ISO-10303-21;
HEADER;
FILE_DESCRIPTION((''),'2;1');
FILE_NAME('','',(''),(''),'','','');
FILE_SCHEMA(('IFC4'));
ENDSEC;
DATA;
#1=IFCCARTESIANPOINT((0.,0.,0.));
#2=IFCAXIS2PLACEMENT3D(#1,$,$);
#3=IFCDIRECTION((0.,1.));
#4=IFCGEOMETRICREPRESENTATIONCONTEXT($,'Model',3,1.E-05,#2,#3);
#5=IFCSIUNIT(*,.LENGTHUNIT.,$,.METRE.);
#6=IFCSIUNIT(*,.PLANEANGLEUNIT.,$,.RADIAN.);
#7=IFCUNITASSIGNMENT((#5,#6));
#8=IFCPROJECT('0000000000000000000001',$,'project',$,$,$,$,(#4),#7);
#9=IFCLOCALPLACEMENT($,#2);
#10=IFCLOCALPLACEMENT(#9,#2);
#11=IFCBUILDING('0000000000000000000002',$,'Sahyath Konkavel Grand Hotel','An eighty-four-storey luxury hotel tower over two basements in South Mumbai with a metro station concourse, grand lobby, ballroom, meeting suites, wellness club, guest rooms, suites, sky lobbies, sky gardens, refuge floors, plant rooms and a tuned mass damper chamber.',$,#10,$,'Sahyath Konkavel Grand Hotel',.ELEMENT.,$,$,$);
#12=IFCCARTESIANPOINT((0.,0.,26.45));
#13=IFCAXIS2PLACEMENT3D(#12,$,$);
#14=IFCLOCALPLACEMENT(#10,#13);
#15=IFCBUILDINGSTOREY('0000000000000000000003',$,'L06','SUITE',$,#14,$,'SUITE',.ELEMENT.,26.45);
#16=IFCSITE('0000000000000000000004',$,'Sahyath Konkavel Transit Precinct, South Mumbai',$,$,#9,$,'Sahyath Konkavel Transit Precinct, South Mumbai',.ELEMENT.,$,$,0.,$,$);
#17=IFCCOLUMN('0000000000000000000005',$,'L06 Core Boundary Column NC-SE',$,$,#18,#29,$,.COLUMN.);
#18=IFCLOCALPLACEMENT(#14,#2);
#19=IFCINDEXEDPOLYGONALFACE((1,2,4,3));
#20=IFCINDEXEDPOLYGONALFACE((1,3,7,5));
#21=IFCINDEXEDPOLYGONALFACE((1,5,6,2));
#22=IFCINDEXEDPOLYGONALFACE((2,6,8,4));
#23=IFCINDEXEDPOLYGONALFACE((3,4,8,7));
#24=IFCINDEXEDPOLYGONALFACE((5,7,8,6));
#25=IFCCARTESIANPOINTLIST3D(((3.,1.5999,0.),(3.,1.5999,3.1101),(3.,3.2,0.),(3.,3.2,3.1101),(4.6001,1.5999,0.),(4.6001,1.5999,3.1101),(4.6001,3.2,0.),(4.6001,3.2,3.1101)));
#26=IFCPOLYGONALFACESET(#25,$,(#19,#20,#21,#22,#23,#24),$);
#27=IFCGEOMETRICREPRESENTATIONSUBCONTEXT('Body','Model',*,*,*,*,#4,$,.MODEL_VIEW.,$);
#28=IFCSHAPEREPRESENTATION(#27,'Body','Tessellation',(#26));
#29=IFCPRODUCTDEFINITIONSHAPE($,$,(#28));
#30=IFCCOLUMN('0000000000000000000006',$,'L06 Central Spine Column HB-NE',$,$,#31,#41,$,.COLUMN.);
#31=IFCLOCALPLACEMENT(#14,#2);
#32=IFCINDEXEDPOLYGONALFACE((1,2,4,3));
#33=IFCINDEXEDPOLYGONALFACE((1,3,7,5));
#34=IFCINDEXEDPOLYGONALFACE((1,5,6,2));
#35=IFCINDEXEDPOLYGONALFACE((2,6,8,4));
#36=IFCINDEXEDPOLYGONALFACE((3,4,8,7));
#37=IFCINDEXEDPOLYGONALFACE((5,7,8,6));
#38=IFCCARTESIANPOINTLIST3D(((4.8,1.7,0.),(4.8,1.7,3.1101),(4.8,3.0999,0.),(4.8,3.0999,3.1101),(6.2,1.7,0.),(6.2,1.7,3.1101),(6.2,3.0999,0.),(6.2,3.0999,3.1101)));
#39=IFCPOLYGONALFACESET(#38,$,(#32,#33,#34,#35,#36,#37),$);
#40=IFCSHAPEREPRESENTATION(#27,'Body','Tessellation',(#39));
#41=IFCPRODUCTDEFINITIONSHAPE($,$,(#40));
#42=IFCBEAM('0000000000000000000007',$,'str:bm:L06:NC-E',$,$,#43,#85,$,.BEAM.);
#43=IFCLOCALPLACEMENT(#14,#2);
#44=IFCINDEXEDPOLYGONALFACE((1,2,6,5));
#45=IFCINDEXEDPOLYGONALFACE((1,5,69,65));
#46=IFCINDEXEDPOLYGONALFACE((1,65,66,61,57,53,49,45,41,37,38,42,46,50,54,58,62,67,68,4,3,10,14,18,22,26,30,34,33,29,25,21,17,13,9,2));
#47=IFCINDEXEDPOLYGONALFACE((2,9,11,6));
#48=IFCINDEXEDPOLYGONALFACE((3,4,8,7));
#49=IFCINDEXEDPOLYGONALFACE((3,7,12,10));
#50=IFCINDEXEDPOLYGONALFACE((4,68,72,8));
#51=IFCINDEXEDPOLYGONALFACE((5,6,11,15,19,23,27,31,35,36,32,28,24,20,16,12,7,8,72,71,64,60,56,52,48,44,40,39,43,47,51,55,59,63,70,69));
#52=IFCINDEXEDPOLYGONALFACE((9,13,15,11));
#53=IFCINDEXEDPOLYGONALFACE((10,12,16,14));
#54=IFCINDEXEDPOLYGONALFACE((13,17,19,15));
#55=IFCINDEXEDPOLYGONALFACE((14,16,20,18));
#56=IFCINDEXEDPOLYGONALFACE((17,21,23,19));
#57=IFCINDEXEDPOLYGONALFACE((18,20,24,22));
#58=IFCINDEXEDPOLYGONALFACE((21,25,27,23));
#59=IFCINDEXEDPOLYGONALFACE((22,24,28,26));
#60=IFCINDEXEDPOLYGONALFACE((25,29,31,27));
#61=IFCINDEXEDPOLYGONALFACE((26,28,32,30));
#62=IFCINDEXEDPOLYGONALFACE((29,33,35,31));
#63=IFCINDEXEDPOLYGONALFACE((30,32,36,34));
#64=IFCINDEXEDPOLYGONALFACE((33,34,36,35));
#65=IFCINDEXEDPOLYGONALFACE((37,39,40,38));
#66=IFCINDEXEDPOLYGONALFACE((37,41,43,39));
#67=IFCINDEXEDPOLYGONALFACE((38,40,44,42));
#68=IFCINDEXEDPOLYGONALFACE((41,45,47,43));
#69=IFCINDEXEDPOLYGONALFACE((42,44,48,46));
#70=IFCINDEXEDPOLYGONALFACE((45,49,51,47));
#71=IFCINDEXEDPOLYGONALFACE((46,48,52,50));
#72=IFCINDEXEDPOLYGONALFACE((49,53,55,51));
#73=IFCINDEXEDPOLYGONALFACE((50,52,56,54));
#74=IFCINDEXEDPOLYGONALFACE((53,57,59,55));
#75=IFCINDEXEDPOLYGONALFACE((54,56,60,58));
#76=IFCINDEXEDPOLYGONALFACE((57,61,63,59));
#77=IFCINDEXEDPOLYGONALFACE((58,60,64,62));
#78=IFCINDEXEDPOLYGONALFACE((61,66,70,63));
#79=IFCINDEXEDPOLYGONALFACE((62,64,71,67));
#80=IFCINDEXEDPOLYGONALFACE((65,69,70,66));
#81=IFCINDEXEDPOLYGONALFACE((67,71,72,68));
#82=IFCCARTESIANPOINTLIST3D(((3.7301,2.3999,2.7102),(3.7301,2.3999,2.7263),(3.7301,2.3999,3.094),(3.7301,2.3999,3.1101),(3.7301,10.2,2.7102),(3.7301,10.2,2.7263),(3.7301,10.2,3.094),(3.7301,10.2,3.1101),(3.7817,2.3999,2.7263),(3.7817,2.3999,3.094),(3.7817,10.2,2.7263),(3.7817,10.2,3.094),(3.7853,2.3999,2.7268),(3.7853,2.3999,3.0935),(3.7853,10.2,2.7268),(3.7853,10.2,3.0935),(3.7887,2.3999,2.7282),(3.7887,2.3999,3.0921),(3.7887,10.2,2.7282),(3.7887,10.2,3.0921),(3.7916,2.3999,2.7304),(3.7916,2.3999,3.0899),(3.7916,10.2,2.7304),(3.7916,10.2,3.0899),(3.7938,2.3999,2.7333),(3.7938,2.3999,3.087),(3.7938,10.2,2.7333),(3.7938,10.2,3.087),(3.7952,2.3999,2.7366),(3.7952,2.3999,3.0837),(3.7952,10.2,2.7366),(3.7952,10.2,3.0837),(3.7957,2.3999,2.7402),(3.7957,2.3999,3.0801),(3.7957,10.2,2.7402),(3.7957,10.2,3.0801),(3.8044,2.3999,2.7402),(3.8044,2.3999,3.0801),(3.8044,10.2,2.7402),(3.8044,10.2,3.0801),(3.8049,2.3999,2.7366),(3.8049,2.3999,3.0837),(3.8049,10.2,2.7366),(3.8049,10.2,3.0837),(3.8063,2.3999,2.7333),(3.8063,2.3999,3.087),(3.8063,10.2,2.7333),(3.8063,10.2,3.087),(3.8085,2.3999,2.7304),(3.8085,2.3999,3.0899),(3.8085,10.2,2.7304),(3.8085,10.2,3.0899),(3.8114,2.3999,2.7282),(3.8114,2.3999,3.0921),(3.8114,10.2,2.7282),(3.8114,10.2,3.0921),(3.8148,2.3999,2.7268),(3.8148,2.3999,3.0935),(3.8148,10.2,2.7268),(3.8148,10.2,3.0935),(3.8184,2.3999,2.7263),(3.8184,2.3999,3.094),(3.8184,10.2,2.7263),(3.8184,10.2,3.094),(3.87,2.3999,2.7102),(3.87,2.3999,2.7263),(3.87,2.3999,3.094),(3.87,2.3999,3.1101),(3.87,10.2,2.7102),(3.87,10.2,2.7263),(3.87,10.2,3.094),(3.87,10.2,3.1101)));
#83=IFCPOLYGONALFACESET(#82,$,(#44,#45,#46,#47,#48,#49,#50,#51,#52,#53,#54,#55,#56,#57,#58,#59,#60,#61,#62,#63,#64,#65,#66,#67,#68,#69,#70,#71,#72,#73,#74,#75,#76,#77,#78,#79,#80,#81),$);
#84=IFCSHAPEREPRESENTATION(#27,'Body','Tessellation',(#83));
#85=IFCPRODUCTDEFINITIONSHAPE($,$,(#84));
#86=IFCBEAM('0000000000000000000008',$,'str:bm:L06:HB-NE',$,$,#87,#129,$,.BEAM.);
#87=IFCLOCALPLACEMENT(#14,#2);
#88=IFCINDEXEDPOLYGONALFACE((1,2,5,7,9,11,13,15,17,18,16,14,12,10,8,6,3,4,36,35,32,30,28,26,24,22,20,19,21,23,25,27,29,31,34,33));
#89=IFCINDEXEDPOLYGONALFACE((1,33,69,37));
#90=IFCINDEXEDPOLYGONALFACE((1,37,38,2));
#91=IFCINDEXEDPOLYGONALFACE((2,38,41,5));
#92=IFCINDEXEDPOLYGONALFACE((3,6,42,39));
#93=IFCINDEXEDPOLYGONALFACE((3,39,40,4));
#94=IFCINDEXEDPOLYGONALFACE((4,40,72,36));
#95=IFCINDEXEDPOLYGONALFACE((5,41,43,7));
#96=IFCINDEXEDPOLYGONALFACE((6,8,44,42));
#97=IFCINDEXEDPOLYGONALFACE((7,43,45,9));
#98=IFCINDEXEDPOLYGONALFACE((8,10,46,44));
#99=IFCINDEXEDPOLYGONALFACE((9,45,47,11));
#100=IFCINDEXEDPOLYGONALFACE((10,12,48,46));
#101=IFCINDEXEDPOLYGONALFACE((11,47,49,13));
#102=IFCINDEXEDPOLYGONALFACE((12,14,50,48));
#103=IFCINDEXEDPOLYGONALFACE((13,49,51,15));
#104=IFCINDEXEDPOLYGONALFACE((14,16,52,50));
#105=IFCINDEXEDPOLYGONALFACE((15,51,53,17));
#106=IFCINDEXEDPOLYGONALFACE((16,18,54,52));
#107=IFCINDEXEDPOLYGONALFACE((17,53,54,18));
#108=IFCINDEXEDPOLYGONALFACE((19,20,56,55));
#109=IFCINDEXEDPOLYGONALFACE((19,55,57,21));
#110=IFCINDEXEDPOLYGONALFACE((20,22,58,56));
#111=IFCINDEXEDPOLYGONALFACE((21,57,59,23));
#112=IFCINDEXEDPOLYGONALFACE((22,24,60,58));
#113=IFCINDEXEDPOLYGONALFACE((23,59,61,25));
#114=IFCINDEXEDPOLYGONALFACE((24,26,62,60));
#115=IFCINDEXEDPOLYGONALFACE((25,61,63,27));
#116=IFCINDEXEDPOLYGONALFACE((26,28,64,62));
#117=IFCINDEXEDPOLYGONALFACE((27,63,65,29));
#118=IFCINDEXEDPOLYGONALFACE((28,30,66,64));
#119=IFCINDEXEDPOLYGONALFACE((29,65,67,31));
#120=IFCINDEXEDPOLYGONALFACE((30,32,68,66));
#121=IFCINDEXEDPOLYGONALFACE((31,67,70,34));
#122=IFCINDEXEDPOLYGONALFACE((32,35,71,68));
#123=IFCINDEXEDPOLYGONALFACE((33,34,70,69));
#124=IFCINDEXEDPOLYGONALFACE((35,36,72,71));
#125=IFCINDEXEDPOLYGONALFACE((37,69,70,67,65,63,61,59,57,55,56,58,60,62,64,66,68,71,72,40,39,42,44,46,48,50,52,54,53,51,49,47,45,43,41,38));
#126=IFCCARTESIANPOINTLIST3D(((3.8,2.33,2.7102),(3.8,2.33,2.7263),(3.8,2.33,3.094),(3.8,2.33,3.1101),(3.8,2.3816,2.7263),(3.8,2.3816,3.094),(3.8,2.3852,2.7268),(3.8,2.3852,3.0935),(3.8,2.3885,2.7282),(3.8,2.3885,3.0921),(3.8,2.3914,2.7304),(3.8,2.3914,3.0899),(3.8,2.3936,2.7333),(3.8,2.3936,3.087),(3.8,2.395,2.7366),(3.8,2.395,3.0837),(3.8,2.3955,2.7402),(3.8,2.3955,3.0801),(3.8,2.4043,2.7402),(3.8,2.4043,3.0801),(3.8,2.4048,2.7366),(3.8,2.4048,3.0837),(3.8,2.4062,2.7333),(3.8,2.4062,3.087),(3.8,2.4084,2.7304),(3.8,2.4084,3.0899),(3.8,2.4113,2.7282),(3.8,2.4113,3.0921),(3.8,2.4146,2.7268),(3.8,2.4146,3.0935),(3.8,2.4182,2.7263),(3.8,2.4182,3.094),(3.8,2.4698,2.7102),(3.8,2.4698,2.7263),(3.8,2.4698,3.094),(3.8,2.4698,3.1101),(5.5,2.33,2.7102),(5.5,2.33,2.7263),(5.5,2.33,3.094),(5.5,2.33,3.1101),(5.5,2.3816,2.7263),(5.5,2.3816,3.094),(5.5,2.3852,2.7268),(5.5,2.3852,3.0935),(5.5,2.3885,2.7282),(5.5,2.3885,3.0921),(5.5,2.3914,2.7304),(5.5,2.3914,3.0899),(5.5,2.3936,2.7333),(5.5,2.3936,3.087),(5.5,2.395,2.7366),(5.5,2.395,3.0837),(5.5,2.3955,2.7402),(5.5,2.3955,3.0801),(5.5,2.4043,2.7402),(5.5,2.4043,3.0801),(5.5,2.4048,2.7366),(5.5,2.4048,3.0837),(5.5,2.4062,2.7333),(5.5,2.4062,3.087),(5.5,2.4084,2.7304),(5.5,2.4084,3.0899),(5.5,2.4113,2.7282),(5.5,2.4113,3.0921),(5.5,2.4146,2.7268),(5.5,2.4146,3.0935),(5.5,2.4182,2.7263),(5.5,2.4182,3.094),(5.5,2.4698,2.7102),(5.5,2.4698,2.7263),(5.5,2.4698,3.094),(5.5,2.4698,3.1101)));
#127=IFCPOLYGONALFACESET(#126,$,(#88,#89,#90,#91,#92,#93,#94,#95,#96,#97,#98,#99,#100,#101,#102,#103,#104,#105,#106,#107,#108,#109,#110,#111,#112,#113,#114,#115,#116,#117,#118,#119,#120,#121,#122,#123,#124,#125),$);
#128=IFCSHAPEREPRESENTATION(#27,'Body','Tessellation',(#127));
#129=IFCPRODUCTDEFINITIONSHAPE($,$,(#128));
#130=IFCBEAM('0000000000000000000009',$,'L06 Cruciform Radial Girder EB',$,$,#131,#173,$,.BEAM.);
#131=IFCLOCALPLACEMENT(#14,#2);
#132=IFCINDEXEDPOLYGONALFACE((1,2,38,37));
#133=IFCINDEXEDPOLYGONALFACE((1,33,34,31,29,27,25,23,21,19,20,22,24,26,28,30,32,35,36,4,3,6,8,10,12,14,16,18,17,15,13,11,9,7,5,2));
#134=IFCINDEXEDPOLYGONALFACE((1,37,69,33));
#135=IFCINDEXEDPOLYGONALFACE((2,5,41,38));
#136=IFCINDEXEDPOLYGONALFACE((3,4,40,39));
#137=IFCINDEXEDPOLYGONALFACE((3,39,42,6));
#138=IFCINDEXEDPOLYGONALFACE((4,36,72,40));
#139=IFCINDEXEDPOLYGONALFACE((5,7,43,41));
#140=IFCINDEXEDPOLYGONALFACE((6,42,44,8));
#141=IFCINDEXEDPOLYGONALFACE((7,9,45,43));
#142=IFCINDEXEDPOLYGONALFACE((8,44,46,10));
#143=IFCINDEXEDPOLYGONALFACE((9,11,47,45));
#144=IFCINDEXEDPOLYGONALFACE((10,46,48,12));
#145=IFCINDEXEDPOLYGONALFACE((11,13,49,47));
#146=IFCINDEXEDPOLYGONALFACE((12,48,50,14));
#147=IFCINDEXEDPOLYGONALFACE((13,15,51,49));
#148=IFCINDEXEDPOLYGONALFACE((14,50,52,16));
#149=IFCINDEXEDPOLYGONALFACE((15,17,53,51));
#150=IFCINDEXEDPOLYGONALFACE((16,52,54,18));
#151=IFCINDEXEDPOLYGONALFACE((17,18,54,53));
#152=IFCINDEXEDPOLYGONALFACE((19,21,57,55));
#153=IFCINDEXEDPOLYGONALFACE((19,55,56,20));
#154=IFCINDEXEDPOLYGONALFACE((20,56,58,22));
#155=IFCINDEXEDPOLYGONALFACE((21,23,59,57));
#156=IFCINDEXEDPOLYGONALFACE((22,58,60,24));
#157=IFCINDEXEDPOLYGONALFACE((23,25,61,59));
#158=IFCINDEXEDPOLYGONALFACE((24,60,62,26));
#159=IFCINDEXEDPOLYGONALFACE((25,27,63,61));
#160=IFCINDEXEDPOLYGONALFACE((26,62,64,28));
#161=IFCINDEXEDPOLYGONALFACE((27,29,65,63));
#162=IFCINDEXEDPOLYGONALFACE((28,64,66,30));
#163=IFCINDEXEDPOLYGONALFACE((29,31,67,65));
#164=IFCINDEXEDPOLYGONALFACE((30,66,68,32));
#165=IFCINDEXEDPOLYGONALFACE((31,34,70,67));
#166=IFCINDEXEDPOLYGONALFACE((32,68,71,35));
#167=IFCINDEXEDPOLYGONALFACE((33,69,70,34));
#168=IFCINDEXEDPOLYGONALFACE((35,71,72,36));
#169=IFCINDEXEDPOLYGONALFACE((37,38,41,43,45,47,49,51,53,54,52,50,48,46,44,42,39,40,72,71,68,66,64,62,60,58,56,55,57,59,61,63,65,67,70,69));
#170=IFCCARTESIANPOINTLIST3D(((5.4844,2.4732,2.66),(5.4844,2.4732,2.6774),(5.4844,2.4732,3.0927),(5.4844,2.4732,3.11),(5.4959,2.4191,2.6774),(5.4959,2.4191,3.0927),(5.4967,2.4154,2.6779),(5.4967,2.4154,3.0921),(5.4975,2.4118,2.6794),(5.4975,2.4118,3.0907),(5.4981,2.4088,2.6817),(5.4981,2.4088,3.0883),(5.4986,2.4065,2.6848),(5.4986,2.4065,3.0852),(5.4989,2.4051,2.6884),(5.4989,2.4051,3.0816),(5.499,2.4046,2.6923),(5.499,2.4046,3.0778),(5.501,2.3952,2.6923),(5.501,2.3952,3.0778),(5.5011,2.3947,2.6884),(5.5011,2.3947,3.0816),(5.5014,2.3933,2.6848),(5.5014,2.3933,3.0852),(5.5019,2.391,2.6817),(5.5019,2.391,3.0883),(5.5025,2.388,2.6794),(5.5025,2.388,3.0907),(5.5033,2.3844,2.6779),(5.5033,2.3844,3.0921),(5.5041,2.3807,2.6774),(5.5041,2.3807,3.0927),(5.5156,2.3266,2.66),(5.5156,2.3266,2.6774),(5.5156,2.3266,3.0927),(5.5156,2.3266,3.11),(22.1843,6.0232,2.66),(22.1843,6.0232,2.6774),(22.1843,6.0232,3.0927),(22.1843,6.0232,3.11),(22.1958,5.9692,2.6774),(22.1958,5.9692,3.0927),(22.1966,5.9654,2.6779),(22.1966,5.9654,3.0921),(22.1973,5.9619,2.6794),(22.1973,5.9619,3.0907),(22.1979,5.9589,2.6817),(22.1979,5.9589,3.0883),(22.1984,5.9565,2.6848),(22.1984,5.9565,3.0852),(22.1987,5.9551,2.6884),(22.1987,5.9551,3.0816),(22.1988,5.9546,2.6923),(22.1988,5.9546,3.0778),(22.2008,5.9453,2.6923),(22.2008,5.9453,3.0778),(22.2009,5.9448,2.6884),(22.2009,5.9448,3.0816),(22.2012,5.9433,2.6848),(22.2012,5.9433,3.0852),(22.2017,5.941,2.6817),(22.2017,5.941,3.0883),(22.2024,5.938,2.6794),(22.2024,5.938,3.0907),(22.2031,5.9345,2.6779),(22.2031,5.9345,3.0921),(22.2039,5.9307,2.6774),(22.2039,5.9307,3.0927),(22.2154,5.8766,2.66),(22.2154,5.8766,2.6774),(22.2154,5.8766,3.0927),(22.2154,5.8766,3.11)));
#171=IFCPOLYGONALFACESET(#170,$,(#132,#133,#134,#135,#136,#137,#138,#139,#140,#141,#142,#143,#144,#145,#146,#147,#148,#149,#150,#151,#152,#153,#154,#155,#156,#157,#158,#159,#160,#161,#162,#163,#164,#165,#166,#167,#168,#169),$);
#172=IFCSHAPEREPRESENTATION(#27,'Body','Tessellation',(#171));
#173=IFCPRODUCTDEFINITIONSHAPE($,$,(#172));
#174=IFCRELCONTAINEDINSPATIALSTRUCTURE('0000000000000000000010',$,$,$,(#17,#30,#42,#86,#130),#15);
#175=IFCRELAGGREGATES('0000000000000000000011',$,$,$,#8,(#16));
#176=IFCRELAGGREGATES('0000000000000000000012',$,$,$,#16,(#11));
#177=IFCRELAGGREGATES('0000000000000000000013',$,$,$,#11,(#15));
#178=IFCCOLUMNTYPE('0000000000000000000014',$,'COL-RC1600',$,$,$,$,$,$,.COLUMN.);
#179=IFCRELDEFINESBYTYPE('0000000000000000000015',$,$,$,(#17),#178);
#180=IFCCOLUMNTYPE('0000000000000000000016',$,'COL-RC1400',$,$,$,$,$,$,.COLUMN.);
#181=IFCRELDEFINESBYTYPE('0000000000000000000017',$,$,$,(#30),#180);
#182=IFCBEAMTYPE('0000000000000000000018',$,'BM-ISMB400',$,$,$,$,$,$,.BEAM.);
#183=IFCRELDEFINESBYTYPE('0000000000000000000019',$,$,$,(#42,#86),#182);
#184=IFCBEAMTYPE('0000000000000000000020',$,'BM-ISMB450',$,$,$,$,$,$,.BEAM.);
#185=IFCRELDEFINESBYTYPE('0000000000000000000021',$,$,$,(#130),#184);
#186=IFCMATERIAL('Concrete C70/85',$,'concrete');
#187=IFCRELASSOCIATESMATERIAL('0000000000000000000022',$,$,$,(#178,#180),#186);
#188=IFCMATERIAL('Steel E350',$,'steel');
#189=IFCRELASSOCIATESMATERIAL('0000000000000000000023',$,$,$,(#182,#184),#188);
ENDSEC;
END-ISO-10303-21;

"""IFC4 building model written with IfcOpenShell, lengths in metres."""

from ifc_helpers import new_model, si_unit, direction, frame, origin, origin_2d, place, context, subcontext, project, spatial, rectangle, i_section, extrude, source, transform, mapped, material, material_profile, profile_set, type_object, element, save


model = new_model("IFC4")

# Units and contexts
model_context = context("Model", 3, precision=1e-05, world=origin(), true_north=direction((0.0, 1.0)))
body_context = subcontext(model_context, "Body", "Model", "MODEL_VIEW")
ifc_project = project(units=[si_unit("LENGTHUNIT", "METRE"), si_unit("PLANEANGLEUNIT", "RADIAN")], contexts=[model_context])

# Site, building, storey
site_placement = place(None, origin())
site = spatial("IfcSite", under=ifc_project, at=site_placement, Name="Sahyath Konkavel Transit Precinct, South Mumbai", LongName="Sahyath Konkavel Transit Precinct, South Mumbai", CompositionType="ELEMENT", RefElevation=0.0)
building_placement = place(site_placement, origin())
building = spatial("IfcBuilding", under=site, at=building_placement, Name="Sahyath Konkavel Grand Hotel", Description="An eighty-four-storey luxury hotel tower over two basements in South Mumbai with a metro station concourse, grand lobby, ballroom, meeting suites, wellness club, guest rooms, suites, sky lobbies, sky gardens, refuge floors, plant rooms and a tuned mass damper chamber.", LongName="Sahyath Konkavel Grand Hotel", CompositionType="ELEMENT")
storey_placement = place(building_placement, frame((0.0, 0.0, 26.45)))
storey = spatial("IfcBuildingStorey", under=building, at=storey_placement, Name="L06", Description="SUITE", LongName="SUITE", CompositionType="ELEMENT", Elevation=26.45)

# Columns
ifc_material_1 = material(Name="Concrete C70/85", Category="concrete")
ifc_material_profile_1 = material_profile(ifc_material_1, rectangle(XDim=1.6001, YDim=1.6001, at=origin_2d()), Name="RC 1600x1600")
ifc_profile_set_1 = profile_set([ifc_material_profile_1], Name="Concrete C70/85")
column_type_1 = type_object("IfcColumnType", Name="COL-RC1600", PredefinedType="COLUMN", material=ifc_profile_set_1)
shared_shape_1 = source(origin(), body_context, "Body", "SweptSolid", [
    extrude(rectangle(XDim=1.6001, YDim=1.6001, at=origin_2d()), origin(), (0.0, 0.0, 1.0), 3.1101),
])
column_1_placement = place(storey_placement, frame((3.8, 2.3999, 0.0), z_axis=(0.0, 0.0, 1.0), x_axis=(1.0, 0.0, 0.0)))
element("IfcColumn", 1, at=column_1_placement, inside=storey, type_object=column_type_1, Name="L06 Core Boundary Column NC-SE", PredefinedType="COLUMN", context=body_context, shape_type="MappedRepresentation", body=[
    mapped(shared_shape_1, transform((0.0, 0.0, 0.0), scale=1.0)),
])
ifc_material_profile_2 = material_profile(ifc_material_1, rectangle(XDim=1.3999, YDim=1.3999, at=origin_2d()), Name="RC 1400x1400")
ifc_profile_set_2 = profile_set([ifc_material_profile_2], Name="Concrete C70/85")
column_type_2 = type_object("IfcColumnType", Name="COL-RC1400", PredefinedType="COLUMN", material=ifc_profile_set_2)
shared_shape_2 = source(origin(), body_context, "Body", "SweptSolid", [
    extrude(rectangle(XDim=1.3999, YDim=1.3999, at=origin_2d()), origin(), (0.0, 0.0, 1.0), 3.1101),
])
column_2_placement = place(storey_placement, frame((5.5, 2.3999, 0.0), z_axis=(0.0, 0.0, 1.0), x_axis=(1.0, 0.0, 0.0)))
element("IfcColumn", 2, at=column_2_placement, inside=storey, type_object=column_type_2, Name="L06 Central Spine Column HB-NE", PredefinedType="COLUMN", context=body_context, shape_type="MappedRepresentation", body=[
    mapped(shared_shape_2, transform((0.0, 0.0, 0.0), scale=1.0)),
])

# Beams
ifc_material_2 = material(Name="Steel E350", Category="steel")
ifc_material_profile_3 = material_profile(ifc_material_2, i_section(OverallWidth=0.1399, OverallDepth=0.3999, WebThickness=0.0088, FlangeThickness=0.0161, FilletRadius=0.0139, at=origin_2d()), Name="ISMB 400")
ifc_profile_set_3 = profile_set([ifc_material_profile_3], Name="Steel E350")
beam_type_1 = type_object("IfcBeamType", Name="BM-ISMB400", PredefinedType="BEAM", material=ifc_profile_set_3)
shared_shape_3 = source(origin(), body_context, "Body", "SweptSolid", [
    extrude(i_section(OverallWidth=0.1399, OverallDepth=0.3999, WebThickness=0.0088, FlangeThickness=0.0161, FilletRadius=0.0139, at=origin_2d()), origin(), (0.0, 0.0, 1.0), 7.8),
])
beam_1_placement = place(storey_placement, frame((3.8, 2.3999, 2.9102), z_axis=(0.0, 1.0, 0.0), x_axis=(-1.0, 0.0, 0.0)))
element("IfcBeam", 3, at=beam_1_placement, inside=storey, type_object=beam_type_1, Name="str:bm:L06:NC-E", PredefinedType="BEAM", context=body_context, shape_type="MappedRepresentation", body=[
    mapped(shared_shape_3, transform((0.0, 0.0, 0.0), scale=1.0)),
])
shared_shape_4 = source(origin(), body_context, "Body", "SweptSolid", [
    extrude(i_section(OverallWidth=0.1399, OverallDepth=0.3999, WebThickness=0.0088, FlangeThickness=0.0161, FilletRadius=0.0139, at=origin_2d()), origin(), (0.0, 0.0, 1.0), 1.7),
])
beam_2_placement = place(storey_placement, frame((3.8, 2.3999, 2.9102), z_axis=(1.0, 0.0, 0.0), x_axis=(0.0, 1.0, 0.0)))
element("IfcBeam", 4, at=beam_2_placement, inside=storey, type_object=beam_type_1, Name="str:bm:L06:HB-NE", PredefinedType="BEAM", context=body_context, shape_type="MappedRepresentation", body=[
    mapped(shared_shape_4, transform((0.0, 0.0, 0.0), scale=1.0)),
])
ifc_material_profile_4 = material_profile(ifc_material_2, i_section(OverallWidth=0.1499, OverallDepth=0.45, WebThickness=0.0095, FlangeThickness=0.0173, FilletRadius=0.0149, at=origin_2d()), Name="ISMB 450")
ifc_profile_set_4 = profile_set([ifc_material_profile_4], Name="Steel E350")
beam_type_2 = type_object("IfcBeamType", Name="BM-ISMB450", PredefinedType="BEAM", material=ifc_profile_set_4)
shared_shape_5 = source(origin(), body_context, "Body", "SweptSolid", [
    extrude(i_section(OverallWidth=0.1499, OverallDepth=0.45, WebThickness=0.0095, FlangeThickness=0.0173, FilletRadius=0.0149, at=origin_2d()), origin(), (0.0, 0.0, 1.0), 17.073),
])
beam_3_placement = place(storey_placement, frame((5.5, 2.3999, 2.885), z_axis=(0.978143, 0.207932, 0.0), x_axis=(-0.207932, 0.978143, 0.0)))
element("IfcBeam", 5, at=beam_3_placement, inside=storey, type_object=beam_type_2, Name="L06 Cruciform Radial Girder EB", PredefinedType="BEAM", context=body_context, shape_type="MappedRepresentation", body=[
    mapped(shared_shape_5, transform((0.0, 0.0, 0.0), scale=1.0)),
])

save(model, "model.ifc")
